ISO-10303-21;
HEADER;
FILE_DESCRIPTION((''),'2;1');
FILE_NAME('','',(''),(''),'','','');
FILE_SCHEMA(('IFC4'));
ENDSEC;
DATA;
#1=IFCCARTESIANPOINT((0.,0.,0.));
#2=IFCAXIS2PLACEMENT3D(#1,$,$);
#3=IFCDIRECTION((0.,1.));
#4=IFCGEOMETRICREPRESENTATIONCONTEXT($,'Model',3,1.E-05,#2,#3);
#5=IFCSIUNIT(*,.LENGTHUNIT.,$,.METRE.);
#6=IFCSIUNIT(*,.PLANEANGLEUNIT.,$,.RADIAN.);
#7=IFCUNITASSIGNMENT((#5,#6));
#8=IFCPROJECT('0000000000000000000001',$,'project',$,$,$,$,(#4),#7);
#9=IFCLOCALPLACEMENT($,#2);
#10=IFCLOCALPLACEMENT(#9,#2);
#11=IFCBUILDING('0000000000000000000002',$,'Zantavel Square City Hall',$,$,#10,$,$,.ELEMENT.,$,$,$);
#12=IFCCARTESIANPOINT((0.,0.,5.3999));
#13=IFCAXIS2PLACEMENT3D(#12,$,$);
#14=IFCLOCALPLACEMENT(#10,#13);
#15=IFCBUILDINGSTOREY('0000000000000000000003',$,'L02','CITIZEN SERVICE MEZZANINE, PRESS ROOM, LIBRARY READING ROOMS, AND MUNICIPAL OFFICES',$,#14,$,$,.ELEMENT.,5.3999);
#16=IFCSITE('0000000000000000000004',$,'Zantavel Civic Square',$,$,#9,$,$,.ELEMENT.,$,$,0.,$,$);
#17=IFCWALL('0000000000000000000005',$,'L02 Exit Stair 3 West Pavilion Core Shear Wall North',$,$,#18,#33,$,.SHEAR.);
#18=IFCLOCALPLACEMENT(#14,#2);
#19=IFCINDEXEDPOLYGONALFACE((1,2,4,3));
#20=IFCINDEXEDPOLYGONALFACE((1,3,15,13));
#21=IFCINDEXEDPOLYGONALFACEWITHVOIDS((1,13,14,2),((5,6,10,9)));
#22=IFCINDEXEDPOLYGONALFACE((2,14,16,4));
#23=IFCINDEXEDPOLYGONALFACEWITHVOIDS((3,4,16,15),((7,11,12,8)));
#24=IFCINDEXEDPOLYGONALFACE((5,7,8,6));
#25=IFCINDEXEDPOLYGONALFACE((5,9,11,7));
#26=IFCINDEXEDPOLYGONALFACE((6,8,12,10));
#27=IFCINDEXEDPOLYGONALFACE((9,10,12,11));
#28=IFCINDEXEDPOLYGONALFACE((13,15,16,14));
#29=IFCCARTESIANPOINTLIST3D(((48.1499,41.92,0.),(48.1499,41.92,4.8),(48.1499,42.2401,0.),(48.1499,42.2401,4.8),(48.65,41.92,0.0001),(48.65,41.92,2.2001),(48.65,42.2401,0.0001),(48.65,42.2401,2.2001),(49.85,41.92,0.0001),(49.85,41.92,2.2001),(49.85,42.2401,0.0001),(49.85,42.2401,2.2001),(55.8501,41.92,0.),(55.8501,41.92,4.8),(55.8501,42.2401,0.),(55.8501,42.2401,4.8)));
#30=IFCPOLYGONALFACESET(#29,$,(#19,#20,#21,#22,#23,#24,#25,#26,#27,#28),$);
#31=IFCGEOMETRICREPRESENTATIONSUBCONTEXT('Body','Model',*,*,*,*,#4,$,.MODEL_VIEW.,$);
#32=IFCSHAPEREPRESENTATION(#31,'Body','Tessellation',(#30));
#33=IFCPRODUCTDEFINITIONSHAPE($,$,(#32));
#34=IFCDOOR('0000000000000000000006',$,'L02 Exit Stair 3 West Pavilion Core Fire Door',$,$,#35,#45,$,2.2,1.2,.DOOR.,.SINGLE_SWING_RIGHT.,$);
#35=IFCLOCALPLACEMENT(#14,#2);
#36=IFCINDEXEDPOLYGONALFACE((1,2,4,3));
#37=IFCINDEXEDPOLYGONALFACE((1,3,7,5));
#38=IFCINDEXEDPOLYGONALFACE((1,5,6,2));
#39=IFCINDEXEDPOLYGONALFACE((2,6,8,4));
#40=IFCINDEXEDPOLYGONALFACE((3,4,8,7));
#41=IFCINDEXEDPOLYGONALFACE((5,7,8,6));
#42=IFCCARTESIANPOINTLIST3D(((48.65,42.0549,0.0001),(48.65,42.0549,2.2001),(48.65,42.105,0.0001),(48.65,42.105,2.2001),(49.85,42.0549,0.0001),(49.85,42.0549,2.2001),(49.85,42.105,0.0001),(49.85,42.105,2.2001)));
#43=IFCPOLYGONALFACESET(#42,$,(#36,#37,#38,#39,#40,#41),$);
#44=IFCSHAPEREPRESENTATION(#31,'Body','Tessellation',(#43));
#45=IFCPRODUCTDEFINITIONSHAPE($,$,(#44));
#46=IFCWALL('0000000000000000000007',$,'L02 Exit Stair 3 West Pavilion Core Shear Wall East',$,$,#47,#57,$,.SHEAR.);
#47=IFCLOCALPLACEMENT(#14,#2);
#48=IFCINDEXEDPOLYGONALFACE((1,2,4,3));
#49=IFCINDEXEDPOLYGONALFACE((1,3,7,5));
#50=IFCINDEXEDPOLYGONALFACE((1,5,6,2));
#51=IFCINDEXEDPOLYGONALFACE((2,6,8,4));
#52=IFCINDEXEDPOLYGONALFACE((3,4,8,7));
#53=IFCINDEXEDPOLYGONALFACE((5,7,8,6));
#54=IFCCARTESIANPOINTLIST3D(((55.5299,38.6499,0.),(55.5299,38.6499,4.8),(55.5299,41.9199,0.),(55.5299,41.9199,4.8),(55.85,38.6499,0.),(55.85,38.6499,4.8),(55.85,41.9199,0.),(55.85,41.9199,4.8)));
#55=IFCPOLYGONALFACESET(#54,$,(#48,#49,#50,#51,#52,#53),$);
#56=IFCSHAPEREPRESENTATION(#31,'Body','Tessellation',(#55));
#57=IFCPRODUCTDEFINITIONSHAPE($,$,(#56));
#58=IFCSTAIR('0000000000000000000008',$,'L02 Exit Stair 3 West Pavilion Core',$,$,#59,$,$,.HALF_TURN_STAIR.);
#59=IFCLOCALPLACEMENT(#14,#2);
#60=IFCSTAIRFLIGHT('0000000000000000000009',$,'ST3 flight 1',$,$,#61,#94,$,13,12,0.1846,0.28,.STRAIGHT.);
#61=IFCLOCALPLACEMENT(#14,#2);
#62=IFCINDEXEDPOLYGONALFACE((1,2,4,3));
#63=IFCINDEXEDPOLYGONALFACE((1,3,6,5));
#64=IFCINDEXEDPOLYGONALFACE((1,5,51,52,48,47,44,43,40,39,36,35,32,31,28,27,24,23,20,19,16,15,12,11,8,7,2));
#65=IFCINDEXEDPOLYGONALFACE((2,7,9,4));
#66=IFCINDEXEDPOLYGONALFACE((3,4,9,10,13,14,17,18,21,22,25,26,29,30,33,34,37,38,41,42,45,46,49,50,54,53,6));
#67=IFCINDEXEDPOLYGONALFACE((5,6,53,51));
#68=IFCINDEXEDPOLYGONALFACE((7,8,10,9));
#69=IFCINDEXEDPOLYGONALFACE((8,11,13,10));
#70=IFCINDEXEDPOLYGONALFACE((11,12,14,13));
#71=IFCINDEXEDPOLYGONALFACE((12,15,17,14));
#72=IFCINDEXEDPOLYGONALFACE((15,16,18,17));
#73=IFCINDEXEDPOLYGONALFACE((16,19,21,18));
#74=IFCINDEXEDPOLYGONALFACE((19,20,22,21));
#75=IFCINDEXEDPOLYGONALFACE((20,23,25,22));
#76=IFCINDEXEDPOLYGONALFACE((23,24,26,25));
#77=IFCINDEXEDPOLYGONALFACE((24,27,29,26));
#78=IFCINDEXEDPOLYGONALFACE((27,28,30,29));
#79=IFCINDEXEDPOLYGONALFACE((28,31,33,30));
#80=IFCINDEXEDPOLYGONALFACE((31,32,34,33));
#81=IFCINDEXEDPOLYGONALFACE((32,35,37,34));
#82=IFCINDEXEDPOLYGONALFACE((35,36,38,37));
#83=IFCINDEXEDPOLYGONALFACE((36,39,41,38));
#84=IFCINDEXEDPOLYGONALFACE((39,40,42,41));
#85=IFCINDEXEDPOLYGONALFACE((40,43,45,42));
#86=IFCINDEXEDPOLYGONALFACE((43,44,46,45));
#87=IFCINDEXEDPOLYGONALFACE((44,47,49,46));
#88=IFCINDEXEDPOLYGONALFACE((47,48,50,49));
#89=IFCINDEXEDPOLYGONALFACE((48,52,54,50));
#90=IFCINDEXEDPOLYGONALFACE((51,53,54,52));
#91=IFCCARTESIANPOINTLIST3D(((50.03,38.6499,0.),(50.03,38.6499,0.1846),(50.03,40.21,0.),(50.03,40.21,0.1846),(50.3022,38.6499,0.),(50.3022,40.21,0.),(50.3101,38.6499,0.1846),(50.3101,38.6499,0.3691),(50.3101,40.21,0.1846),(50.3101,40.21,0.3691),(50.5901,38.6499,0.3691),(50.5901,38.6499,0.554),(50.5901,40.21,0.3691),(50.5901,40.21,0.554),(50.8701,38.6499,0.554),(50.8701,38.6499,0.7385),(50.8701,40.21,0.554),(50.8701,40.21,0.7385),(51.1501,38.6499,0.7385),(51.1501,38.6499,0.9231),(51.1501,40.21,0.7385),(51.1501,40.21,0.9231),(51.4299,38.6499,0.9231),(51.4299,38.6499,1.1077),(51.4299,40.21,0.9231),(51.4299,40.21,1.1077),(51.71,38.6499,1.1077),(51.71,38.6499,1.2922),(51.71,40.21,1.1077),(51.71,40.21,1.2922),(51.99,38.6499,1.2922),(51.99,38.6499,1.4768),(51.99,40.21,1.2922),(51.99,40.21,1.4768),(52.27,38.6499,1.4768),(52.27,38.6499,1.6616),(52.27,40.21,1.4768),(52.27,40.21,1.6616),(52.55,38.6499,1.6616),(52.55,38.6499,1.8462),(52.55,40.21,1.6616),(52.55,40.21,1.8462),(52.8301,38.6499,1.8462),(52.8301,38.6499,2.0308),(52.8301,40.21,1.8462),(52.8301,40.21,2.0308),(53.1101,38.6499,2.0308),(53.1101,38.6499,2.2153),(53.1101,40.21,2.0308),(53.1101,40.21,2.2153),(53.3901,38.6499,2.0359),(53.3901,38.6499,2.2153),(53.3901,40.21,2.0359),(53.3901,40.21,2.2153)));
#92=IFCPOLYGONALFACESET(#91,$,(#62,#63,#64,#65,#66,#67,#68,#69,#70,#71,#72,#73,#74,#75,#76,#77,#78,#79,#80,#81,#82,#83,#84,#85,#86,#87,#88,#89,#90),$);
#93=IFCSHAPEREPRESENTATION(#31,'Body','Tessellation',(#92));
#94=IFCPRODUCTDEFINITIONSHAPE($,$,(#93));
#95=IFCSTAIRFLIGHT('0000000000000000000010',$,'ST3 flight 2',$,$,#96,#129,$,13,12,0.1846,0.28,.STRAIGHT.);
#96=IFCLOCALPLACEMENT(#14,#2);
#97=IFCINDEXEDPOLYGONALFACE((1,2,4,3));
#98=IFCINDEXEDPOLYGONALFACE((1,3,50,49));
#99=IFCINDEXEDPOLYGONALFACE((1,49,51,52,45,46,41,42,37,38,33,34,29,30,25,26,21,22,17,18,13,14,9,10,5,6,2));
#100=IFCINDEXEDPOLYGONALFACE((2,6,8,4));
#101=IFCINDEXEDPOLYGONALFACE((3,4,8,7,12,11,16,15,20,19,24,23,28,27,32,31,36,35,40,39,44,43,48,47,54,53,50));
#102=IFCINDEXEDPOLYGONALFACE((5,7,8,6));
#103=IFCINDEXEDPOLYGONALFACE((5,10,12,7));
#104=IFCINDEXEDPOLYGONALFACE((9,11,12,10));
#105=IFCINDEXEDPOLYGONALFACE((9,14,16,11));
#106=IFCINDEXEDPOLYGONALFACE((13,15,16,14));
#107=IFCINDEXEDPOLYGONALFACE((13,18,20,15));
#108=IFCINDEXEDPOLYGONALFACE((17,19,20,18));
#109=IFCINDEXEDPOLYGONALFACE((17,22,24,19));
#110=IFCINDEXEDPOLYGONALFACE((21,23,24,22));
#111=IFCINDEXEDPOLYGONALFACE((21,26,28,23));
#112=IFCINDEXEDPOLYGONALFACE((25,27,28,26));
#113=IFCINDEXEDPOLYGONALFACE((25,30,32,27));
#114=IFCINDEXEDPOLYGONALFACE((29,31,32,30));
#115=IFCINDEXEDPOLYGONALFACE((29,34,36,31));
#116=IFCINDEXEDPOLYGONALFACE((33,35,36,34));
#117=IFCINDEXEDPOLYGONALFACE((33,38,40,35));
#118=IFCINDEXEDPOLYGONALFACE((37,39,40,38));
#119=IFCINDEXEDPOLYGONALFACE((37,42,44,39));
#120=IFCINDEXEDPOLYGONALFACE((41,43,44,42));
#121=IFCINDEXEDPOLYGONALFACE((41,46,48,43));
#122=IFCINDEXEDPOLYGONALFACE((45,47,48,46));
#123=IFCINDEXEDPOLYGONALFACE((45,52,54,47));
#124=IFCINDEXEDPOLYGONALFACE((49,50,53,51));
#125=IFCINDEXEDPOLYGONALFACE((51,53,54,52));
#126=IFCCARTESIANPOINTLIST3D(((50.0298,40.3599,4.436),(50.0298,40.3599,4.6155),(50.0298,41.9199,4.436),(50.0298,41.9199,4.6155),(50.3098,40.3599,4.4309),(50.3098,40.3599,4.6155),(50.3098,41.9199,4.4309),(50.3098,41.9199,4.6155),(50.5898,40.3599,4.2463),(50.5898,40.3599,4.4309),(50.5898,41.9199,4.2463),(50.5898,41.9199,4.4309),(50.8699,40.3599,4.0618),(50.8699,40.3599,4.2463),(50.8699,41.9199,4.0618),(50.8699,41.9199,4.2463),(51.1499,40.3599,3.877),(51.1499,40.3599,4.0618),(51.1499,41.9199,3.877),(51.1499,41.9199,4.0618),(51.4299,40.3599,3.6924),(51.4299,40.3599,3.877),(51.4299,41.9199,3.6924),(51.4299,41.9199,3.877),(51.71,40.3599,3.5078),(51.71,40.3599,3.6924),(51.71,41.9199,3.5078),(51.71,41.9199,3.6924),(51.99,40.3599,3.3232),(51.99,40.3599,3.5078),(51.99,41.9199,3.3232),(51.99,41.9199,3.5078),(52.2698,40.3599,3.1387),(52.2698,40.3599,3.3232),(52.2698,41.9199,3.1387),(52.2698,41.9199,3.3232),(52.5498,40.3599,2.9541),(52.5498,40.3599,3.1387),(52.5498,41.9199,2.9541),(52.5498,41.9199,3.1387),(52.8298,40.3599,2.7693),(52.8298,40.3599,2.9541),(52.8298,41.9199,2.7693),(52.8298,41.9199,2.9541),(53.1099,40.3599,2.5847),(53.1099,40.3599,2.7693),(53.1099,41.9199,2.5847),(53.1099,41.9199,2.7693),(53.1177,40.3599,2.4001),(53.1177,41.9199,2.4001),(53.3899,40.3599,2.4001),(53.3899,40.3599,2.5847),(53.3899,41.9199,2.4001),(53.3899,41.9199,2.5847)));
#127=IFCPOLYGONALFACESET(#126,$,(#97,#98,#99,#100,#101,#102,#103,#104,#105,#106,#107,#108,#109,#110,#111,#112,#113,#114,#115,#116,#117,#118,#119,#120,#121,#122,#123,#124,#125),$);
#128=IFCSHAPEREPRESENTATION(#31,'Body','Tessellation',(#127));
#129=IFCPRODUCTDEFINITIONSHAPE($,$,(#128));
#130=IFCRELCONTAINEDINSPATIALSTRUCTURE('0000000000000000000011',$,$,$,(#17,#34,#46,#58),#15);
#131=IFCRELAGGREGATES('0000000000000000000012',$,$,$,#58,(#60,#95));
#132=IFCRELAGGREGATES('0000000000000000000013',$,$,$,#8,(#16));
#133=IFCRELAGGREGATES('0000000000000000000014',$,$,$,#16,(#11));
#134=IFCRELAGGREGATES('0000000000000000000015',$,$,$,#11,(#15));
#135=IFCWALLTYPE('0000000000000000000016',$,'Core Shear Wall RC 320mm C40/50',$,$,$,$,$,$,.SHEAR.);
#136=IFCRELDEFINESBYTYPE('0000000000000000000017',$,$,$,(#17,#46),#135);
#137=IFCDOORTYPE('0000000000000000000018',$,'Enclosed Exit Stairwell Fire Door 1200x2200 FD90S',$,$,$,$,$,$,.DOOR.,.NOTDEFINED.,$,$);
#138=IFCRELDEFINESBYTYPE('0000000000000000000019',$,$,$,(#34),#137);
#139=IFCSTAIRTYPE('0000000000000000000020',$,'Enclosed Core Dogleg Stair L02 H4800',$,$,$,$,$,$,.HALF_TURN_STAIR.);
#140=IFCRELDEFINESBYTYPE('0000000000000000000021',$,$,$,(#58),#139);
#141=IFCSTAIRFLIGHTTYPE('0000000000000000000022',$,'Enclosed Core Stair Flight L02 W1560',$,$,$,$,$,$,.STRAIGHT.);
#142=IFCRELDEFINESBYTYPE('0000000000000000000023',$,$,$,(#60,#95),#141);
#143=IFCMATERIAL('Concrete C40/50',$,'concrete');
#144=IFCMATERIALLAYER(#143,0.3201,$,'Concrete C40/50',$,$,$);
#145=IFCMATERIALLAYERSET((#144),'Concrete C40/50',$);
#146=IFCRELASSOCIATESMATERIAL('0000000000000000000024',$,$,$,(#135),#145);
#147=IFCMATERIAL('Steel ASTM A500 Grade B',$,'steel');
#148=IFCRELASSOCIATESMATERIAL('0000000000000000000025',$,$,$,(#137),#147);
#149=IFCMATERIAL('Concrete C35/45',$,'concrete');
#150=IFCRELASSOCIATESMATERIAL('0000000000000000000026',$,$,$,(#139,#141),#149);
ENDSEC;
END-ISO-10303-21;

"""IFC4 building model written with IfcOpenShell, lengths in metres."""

from ifc_helpers import new_model, si_unit, direction, frame, frame_2d, origin, place, context, subcontext, project, spatial, polyline, rectangle, outline, extrude, material, layer, layer_set, type_object, element, fill, aggregate, save


model = new_model("IFC4")

# Units and contexts
model_context = context("Model", 3, precision=1e-05, world=origin(), true_north=direction((0.0, 1.0)))
body_context = subcontext(model_context, "Body", "Model", "MODEL_VIEW")
ifc_project = project(units=[si_unit("LENGTHUNIT", "METRE"), si_unit("PLANEANGLEUNIT", "RADIAN")], contexts=[model_context])

# Site, building, storey
site_placement = place(None, origin())
site = spatial("IfcSite", under=ifc_project, at=site_placement, Name="Zantavel Civic Square", CompositionType="ELEMENT", RefElevation=0.0)
building_placement = place(site_placement, origin())
building = spatial("IfcBuilding", under=site, at=building_placement, Name="Zantavel Square City Hall", CompositionType="ELEMENT")
storey_placement = place(building_placement, frame((0.0, 0.0, 5.3999)))
storey = spatial("IfcBuildingStorey", under=building, at=storey_placement, Name="L02", Description="CITIZEN SERVICE MEZZANINE, PRESS ROOM, LIBRARY READING ROOMS, AND MUNICIPAL OFFICES", CompositionType="ELEMENT", Elevation=5.3999)

# Shared definitions
ifc_material_1 = material(Name="Concrete C40/50", Category="concrete")

# Shared definitions
ifc_material_2 = material(Name="Concrete C35/45", Category="concrete")

# Shared definitions
ifc_layer_1 = layer(ifc_material_1, 0.3201, Name="Concrete C40/50")
ifc_layer_set_1 = layer_set([ifc_layer_1], Name="Concrete C40/50")
wall_type = type_object("IfcWallType", Name="Core Shear Wall RC 320mm C40/50", PredefinedType="SHEAR", material=ifc_layer_set_1)

# Wall, opening, door
wall_1_placement = place(storey_placement, frame((48.1499, 42.0801, 0.0), z_axis=(0.0, 0.0, 1.0), x_axis=(1.0, 0.0, 0.0)))
wall_1 = element("IfcWall", 1, at=wall_1_placement, inside=storey, type_object=wall_type, Name="L02 Exit Stair 3 West Pavilion Core Shear Wall North", PredefinedType="SHEAR", context=body_context, shape_type="SweptSolid", body=[
    extrude(rectangle(XDim=7.7002, YDim=0.3201, at=frame_2d((3.8501, 0.0))), origin(), (0.0, 0.0, 1.0), 4.8),
])
opening_placement = place(wall_1_placement, frame((0.5, 0.0, 0.0)))
opening = element("IfcOpeningElement", 2, at=opening_placement, cuts=wall_1, PredefinedType="OPENING", context=body_context, shape_type="SweptSolid", body=[
    extrude(rectangle(XDim=1.2, YDim=2.2, at=frame_2d((0.6001, 1.1001))), frame((0.0, 0.1699, 0.0), z_axis=(0.0, -1.0, 0.0), x_axis=(1.0, 0.0, 0.0)), (0.0, 0.0, 1.0), 0.3401),
])
ifc_material_3 = material(Name="Steel ASTM A500 Grade B", Category="steel")
door_type = type_object("IfcDoorType", Name="Enclosed Exit Stairwell Fire Door 1200x2200 FD90S", OperationType="NOTDEFINED", PredefinedType="DOOR", material=ifc_material_3)
door_placement = place(opening_placement, origin())
door = element("IfcDoor", 3, at=door_placement, inside=storey, type_object=door_type, Name="L02 Exit Stair 3 West Pavilion Core Fire Door", OperationType="SINGLE_SWING_RIGHT", OverallHeight=2.2, OverallWidth=1.2, PredefinedType="DOOR", context=body_context, shape_type="SweptSolid", body=[
    extrude(rectangle(XDim=1.2, YDim=2.2, at=frame_2d((0.6001, 1.1001))), frame((0.0, 0.0249, 0.0), z_axis=(0.0, -1.0, 0.0), x_axis=(1.0, 0.0, 0.0)), (0.0, 0.0, 1.0), 0.05),
])
fill(opening, door)

# Wall
wall_2_placement = place(storey_placement, frame((55.6899, 41.9199, 0.0), z_axis=(0.0, 0.0, 1.0), x_axis=(0.0, -1.0, 0.0)))
element("IfcWall", 4, at=wall_2_placement, inside=storey, type_object=wall_type, Name="L02 Exit Stair 3 West Pavilion Core Shear Wall East", PredefinedType="SHEAR", context=body_context, shape_type="SweptSolid", body=[
    extrude(rectangle(XDim=3.27, YDim=0.3201, at=frame_2d((1.635, 0.0))), origin(), (0.0, 0.0, 1.0), 4.8),
])

# Stair, stair flights
stair_type = type_object("IfcStairType", Name="Enclosed Core Dogleg Stair L02 H4800", PredefinedType="HALF_TURN_STAIR", material=ifc_material_2)
stair_placement = place(storey_placement, origin())
stair = element("IfcStair", 5, at=stair_placement, inside=storey, type_object=stair_type, Name="L02 Exit Stair 3 West Pavilion Core", PredefinedType="HALF_TURN_STAIR")
stair_flight_type = type_object("IfcStairFlightType", Name="Enclosed Core Stair Flight L02 W1560", PredefinedType="STRAIGHT", material=ifc_material_2)
stair_flight_1_placement = place(storey_placement, frame((50.03, 39.4299, 0.0), z_axis=(0.0, 0.0, 1.0), x_axis=(1.0, 0.0, 0.0)))
stair_flight_1 = element("IfcStairFlight", 6, at=stair_flight_1_placement, type_object=stair_flight_type, Name="ST3 flight 1", NumberOfRisers=13, NumberOfTreads=12, PredefinedType="STRAIGHT", RiserHeight=0.1846, TreadLength=0.28, context=body_context, shape_type="SweptSolid", body=[
    extrude(outline(polyline([(0.0, 0.0), (0.0, 0.1846), (0.28, 0.1846), (0.28, 0.3691), (0.5601, 0.3691), (0.5601, 0.554), (0.8401, 0.554), (0.8401, 0.7385), (1.1201, 0.7385), (1.1201, 0.9231), (1.3999, 0.9231), (1.3999, 1.1077), (1.6799, 1.1077), (1.6799, 1.2922), (1.96, 1.2922), (1.96, 1.4768), (2.24, 1.4768), (2.24, 1.6616), (2.52, 1.6616), (2.52, 1.8462), (2.8, 1.8462), (2.8, 2.0308), (3.0801, 2.0308), (3.0801, 2.2153), (3.3601, 2.2153), (3.3601, 2.3999), (3.3601, 2.0359), (0.2722, 0.0), (0.0, 0.0)])), frame((0.0, 0.78, 0.0), z_axis=(0.0, -1.0, 0.0), x_axis=(1.0, 0.0, 0.0)), (0.0, 0.0, 1.0), 1.5601),
])
stair_flight_2_placement = place(storey_placement, frame((53.3899, 41.1399, 2.4001), z_axis=(0.0, 0.0, 1.0), x_axis=(-1.0, 0.0, 0.0)))
stair_flight_2 = element("IfcStairFlight", 7, at=stair_flight_2_placement, type_object=stair_flight_type, Name="ST3 flight 2", NumberOfRisers=13, NumberOfTreads=12, PredefinedType="STRAIGHT", RiserHeight=0.1846, TreadLength=0.28, context=body_context, shape_type="SweptSolid", body=[
    extrude(outline(polyline([(0.0, 0.0), (0.0, 0.1846), (0.28, 0.1846), (0.28, 0.3691), (0.5601, 0.3691), (0.5601, 0.554), (0.8401, 0.554), (0.8401, 0.7385), (1.1201, 0.7385), (1.1201, 0.9231), (1.3999, 0.9231), (1.3999, 1.1077), (1.6799, 1.1077), (1.6799, 1.2922), (1.96, 1.2922), (1.96, 1.4768), (2.24, 1.4768), (2.24, 1.6616), (2.52, 1.6616), (2.52, 1.8462), (2.8, 1.8462), (2.8, 2.0308), (3.0801, 2.0308), (3.0801, 2.2153), (3.3601, 2.2153), (3.3601, 2.3999), (3.3601, 2.0359), (0.2722, 0.0), (0.0, 0.0)])), frame((0.0, 0.78, 0.0), z_axis=(0.0, -1.0, 0.0), x_axis=(1.0, 0.0, 0.0)), (0.0, 0.0, 1.0), 1.5601),
])
aggregate(stair, [stair_flight_1, stair_flight_2])

save(model, "model.ifc")
